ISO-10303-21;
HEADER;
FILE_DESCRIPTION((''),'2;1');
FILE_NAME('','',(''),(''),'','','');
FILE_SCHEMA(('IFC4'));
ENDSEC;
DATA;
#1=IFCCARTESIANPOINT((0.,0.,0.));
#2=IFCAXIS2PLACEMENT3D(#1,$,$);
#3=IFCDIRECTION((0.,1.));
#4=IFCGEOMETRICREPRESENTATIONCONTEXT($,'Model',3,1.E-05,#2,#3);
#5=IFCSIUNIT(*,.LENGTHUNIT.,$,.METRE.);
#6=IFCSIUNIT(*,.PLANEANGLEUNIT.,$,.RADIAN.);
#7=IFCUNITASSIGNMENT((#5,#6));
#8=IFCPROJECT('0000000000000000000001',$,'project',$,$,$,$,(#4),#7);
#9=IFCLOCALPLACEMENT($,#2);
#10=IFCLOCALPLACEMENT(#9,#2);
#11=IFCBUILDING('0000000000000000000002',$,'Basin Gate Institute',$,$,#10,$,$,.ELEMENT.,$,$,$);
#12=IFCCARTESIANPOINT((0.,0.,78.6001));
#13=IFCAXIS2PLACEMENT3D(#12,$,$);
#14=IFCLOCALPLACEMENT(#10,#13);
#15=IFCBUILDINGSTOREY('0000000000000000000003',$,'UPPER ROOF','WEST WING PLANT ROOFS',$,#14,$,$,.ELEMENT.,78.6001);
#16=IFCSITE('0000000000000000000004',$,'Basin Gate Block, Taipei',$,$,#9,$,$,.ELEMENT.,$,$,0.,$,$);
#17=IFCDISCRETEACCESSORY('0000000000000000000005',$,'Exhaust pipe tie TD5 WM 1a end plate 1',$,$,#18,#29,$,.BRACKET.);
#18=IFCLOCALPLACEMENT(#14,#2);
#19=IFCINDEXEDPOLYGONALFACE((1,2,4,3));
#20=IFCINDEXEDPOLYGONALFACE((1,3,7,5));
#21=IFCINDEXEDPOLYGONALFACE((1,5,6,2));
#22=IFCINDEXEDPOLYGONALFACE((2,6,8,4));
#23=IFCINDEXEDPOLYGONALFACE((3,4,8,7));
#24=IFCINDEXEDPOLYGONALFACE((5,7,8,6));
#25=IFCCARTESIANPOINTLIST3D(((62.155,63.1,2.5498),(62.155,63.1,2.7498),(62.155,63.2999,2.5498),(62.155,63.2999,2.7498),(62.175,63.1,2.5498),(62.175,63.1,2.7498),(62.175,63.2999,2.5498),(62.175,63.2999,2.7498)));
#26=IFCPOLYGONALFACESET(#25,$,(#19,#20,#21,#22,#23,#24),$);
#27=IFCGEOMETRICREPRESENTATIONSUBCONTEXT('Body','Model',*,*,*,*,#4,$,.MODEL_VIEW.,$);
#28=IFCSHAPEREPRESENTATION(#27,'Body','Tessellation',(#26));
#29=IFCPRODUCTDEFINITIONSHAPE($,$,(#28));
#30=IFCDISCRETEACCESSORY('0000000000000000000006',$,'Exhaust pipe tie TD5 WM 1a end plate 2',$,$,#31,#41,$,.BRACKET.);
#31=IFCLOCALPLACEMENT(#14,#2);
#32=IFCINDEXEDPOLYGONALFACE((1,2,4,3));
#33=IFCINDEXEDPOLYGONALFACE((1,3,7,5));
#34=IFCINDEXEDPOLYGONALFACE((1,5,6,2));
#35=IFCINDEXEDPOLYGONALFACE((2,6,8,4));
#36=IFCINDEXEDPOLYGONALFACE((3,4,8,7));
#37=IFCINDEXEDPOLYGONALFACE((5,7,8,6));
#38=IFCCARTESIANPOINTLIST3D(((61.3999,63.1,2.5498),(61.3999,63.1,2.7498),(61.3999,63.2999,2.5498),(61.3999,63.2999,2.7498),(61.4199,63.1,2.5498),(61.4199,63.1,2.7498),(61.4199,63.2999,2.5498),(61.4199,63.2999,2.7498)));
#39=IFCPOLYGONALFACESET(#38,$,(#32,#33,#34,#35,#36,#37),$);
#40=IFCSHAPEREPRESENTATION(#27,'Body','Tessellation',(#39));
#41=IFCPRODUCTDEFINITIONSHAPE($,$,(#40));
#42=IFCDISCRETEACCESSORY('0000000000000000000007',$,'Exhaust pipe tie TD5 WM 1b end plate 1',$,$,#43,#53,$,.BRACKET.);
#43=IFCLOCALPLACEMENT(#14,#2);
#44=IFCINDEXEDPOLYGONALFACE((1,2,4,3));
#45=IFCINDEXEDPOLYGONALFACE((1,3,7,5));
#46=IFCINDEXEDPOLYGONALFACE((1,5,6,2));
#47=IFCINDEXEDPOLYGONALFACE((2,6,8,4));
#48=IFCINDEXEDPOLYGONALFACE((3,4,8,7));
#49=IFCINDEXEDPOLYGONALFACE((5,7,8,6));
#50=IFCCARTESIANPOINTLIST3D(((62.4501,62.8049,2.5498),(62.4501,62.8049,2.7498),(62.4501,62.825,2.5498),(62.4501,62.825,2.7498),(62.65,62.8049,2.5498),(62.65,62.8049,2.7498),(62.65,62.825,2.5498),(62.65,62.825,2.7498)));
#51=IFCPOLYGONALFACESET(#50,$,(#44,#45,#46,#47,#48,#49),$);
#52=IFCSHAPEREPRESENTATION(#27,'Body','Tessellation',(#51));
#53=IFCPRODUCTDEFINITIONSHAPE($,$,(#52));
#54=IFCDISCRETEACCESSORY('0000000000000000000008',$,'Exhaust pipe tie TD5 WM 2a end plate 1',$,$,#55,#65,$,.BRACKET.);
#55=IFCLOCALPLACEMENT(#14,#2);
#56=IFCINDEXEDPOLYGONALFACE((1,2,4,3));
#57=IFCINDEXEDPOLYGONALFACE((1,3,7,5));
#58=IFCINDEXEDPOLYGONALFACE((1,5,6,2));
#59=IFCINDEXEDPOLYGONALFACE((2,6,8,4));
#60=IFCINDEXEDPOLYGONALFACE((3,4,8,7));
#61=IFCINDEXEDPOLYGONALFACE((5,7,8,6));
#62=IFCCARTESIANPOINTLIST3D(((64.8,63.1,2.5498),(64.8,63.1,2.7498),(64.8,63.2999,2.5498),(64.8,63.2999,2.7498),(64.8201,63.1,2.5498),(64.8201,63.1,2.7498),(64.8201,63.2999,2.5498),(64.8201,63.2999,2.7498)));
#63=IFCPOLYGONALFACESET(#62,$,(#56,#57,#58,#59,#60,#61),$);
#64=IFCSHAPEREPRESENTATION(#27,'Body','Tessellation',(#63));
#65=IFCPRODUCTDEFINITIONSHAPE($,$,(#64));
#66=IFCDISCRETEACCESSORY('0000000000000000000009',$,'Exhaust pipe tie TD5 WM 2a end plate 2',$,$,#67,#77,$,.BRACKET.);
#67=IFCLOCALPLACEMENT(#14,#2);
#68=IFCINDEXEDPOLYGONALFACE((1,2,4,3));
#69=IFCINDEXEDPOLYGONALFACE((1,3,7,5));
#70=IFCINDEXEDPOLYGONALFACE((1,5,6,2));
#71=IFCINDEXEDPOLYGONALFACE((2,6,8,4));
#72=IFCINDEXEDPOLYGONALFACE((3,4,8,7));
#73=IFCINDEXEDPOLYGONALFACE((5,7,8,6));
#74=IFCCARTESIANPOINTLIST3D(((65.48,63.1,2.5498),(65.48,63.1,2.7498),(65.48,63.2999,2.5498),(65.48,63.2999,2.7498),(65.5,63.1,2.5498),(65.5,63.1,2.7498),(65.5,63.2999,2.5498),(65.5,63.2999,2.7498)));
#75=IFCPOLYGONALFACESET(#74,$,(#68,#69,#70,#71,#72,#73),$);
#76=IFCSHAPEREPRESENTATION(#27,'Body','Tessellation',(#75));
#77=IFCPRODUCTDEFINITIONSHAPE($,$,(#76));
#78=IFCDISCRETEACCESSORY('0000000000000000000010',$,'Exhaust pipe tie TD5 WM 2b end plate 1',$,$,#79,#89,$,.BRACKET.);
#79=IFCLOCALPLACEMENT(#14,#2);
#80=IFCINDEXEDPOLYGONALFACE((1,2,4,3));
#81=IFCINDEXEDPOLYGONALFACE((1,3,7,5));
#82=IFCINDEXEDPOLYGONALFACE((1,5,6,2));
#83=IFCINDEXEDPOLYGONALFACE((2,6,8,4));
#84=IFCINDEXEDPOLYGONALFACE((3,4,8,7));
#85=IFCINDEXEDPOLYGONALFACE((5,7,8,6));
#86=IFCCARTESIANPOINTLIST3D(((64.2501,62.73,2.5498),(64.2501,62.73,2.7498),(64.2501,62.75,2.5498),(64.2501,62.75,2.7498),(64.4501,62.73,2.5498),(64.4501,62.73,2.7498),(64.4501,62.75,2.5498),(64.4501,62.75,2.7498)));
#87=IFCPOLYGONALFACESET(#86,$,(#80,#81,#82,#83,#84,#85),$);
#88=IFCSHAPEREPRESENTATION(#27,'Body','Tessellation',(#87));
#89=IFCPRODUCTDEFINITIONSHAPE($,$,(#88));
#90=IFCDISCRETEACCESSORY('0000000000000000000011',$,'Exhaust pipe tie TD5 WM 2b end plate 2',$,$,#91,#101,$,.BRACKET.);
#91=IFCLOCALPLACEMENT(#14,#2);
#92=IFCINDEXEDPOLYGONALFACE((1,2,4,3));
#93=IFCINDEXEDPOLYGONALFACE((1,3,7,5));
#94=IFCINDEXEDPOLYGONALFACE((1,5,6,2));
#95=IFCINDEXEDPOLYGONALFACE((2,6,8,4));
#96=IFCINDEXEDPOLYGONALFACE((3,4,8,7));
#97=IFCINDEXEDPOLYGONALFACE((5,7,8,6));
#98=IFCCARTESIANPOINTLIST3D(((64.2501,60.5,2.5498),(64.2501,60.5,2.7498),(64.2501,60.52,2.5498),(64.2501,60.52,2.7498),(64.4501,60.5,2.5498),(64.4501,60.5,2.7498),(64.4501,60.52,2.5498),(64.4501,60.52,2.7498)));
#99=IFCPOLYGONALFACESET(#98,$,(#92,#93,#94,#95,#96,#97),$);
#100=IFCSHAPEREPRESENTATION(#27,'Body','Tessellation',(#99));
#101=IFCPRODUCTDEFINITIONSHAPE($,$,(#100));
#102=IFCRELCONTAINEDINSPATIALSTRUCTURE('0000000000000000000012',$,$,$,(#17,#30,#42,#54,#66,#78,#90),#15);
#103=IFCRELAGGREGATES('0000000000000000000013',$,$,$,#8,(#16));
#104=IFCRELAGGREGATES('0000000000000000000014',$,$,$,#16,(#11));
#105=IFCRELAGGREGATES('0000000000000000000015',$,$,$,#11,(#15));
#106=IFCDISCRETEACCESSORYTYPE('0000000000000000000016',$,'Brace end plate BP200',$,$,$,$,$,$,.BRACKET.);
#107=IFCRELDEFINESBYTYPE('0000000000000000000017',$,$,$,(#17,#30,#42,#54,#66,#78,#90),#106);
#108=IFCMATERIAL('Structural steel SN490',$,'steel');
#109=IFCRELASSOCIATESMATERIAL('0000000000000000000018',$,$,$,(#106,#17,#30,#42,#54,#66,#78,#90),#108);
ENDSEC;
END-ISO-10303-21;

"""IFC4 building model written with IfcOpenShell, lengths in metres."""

from ifc_helpers import new_model, si_unit, direction, frame, origin, origin_2d, place, context, subcontext, project, spatial, rectangle, extrude, material, type_object, element, save


model = new_model("IFC4")

# Units and contexts
model_context = context("Model", 3, precision=1e-05, world=origin(), true_north=direction((0.0, 1.0)))
body_context = subcontext(model_context, "Body", "Model", "MODEL_VIEW")
ifc_project = project(units=[si_unit("LENGTHUNIT", "METRE"), si_unit("PLANEANGLEUNIT", "RADIAN")], contexts=[model_context])

# Site, building, storey
site_placement = place(None, origin())
site = spatial("IfcSite", under=ifc_project, at=site_placement, Name="Basin Gate Block, Taipei", CompositionType="ELEMENT", RefElevation=0.0)
building_placement = place(site_placement, origin())
building = spatial("IfcBuilding", under=site, at=building_placement, Name="Basin Gate Institute", CompositionType="ELEMENT")
storey_placement = place(building_placement, frame((0.0, 0.0, 78.6001)))
storey = spatial("IfcBuildingStorey", under=building, at=storey_placement, Name="UPPER ROOF", Description="WEST WING PLANT ROOFS", CompositionType="ELEMENT", Elevation=78.6001)

# Discrete accessories
ifc_material_1 = material(Name="Structural steel SN490", Category="steel")
discrete_accessory_type = type_object("IfcDiscreteAccessoryType", Name="Brace end plate BP200", PredefinedType="BRACKET", material=ifc_material_1)
for number, where, z_axis, x_axis, name in (
    (1, (62.165, 63.2, 2.5498), (0.0, 0.0, 1.0), (1.0, 0.0, 0.0), "Exhaust pipe tie TD5 WM 1a end plate 1"),
    (2, (61.4099, 63.2, 2.5498), (0.0, 0.0, 1.0), (1.0, 0.0, 0.0), "Exhaust pipe tie TD5 WM 1a end plate 2"),
):
    element("IfcDiscreteAccessory", number, at=place(storey_placement, frame(where, z_axis=z_axis, x_axis=x_axis)), inside=storey, type_object=discrete_accessory_type, material=ifc_material_1, Name=name, PredefinedType="BRACKET", context=body_context, shape_type="SweptSolid", body=[
        extrude(rectangle(XDim=0.02, YDim=0.2, at=origin_2d()), origin(), (0.0, 0.0, 1.0), 0.2),
    ])
discrete_accessory_placement = place(storey_placement, frame((62.55, 62.8149, 2.5498), z_axis=(0.0, 0.0, 1.0), x_axis=(1.0, 0.0, 0.0)))
element("IfcDiscreteAccessory", 3, at=discrete_accessory_placement, inside=storey, type_object=discrete_accessory_type, material=ifc_material_1, Name="Exhaust pipe tie TD5 WM 1b end plate 1", PredefinedType="BRACKET", context=body_context, shape_type="SweptSolid", body=[
    extrude(rectangle(XDim=0.2, YDim=0.02, at=origin_2d()), origin(), (0.0, 0.0, 1.0), 0.2),
])
for number, where, z_axis, x_axis, name in (
    (4, (64.8101, 63.2, 2.5498), (0.0, 0.0, 1.0), (1.0, 0.0, 0.0), "Exhaust pipe tie TD5 WM 2a end plate 1"),
    (5, (65.49, 63.2, 2.5498), (0.0, 0.0, 1.0), (1.0, 0.0, 0.0), "Exhaust pipe tie TD5 WM 2a end plate 2"),
):
    element("IfcDiscreteAccessory", number, at=place(storey_placement, frame(where, z_axis=z_axis, x_axis=x_axis)), inside=storey, type_object=discrete_accessory_type, material=ifc_material_1, Name=name, PredefinedType="BRACKET", context=body_context, shape_type="SweptSolid", body=[
        extrude(rectangle(XDim=0.02, YDim=0.2, at=origin_2d()), origin(), (0.0, 0.0, 1.0), 0.2),
    ])
for number, where, z_axis, x_axis, name in (
    (6, (64.3501, 62.74, 2.5498), (0.0, 0.0, 1.0), (1.0, 0.0, 0.0), "Exhaust pipe tie TD5 WM 2b end plate 1"),
    (7, (64.3501, 60.51, 2.5498), (0.0, 0.0, 1.0), (1.0, 0.0, 0.0), "Exhaust pipe tie TD5 WM 2b end plate 2"),
):
    element("IfcDiscreteAccessory", number, at=place(storey_placement, frame(where, z_axis=z_axis, x_axis=x_axis)), inside=storey, type_object=discrete_accessory_type, material=ifc_material_1, Name=name, PredefinedType="BRACKET", context=body_context, shape_type="SweptSolid", body=[
        extrude(rectangle(XDim=0.2, YDim=0.02, at=origin_2d()), origin(), (0.0, 0.0, 1.0), 0.2),
    ])

save(model, "model.ifc")
